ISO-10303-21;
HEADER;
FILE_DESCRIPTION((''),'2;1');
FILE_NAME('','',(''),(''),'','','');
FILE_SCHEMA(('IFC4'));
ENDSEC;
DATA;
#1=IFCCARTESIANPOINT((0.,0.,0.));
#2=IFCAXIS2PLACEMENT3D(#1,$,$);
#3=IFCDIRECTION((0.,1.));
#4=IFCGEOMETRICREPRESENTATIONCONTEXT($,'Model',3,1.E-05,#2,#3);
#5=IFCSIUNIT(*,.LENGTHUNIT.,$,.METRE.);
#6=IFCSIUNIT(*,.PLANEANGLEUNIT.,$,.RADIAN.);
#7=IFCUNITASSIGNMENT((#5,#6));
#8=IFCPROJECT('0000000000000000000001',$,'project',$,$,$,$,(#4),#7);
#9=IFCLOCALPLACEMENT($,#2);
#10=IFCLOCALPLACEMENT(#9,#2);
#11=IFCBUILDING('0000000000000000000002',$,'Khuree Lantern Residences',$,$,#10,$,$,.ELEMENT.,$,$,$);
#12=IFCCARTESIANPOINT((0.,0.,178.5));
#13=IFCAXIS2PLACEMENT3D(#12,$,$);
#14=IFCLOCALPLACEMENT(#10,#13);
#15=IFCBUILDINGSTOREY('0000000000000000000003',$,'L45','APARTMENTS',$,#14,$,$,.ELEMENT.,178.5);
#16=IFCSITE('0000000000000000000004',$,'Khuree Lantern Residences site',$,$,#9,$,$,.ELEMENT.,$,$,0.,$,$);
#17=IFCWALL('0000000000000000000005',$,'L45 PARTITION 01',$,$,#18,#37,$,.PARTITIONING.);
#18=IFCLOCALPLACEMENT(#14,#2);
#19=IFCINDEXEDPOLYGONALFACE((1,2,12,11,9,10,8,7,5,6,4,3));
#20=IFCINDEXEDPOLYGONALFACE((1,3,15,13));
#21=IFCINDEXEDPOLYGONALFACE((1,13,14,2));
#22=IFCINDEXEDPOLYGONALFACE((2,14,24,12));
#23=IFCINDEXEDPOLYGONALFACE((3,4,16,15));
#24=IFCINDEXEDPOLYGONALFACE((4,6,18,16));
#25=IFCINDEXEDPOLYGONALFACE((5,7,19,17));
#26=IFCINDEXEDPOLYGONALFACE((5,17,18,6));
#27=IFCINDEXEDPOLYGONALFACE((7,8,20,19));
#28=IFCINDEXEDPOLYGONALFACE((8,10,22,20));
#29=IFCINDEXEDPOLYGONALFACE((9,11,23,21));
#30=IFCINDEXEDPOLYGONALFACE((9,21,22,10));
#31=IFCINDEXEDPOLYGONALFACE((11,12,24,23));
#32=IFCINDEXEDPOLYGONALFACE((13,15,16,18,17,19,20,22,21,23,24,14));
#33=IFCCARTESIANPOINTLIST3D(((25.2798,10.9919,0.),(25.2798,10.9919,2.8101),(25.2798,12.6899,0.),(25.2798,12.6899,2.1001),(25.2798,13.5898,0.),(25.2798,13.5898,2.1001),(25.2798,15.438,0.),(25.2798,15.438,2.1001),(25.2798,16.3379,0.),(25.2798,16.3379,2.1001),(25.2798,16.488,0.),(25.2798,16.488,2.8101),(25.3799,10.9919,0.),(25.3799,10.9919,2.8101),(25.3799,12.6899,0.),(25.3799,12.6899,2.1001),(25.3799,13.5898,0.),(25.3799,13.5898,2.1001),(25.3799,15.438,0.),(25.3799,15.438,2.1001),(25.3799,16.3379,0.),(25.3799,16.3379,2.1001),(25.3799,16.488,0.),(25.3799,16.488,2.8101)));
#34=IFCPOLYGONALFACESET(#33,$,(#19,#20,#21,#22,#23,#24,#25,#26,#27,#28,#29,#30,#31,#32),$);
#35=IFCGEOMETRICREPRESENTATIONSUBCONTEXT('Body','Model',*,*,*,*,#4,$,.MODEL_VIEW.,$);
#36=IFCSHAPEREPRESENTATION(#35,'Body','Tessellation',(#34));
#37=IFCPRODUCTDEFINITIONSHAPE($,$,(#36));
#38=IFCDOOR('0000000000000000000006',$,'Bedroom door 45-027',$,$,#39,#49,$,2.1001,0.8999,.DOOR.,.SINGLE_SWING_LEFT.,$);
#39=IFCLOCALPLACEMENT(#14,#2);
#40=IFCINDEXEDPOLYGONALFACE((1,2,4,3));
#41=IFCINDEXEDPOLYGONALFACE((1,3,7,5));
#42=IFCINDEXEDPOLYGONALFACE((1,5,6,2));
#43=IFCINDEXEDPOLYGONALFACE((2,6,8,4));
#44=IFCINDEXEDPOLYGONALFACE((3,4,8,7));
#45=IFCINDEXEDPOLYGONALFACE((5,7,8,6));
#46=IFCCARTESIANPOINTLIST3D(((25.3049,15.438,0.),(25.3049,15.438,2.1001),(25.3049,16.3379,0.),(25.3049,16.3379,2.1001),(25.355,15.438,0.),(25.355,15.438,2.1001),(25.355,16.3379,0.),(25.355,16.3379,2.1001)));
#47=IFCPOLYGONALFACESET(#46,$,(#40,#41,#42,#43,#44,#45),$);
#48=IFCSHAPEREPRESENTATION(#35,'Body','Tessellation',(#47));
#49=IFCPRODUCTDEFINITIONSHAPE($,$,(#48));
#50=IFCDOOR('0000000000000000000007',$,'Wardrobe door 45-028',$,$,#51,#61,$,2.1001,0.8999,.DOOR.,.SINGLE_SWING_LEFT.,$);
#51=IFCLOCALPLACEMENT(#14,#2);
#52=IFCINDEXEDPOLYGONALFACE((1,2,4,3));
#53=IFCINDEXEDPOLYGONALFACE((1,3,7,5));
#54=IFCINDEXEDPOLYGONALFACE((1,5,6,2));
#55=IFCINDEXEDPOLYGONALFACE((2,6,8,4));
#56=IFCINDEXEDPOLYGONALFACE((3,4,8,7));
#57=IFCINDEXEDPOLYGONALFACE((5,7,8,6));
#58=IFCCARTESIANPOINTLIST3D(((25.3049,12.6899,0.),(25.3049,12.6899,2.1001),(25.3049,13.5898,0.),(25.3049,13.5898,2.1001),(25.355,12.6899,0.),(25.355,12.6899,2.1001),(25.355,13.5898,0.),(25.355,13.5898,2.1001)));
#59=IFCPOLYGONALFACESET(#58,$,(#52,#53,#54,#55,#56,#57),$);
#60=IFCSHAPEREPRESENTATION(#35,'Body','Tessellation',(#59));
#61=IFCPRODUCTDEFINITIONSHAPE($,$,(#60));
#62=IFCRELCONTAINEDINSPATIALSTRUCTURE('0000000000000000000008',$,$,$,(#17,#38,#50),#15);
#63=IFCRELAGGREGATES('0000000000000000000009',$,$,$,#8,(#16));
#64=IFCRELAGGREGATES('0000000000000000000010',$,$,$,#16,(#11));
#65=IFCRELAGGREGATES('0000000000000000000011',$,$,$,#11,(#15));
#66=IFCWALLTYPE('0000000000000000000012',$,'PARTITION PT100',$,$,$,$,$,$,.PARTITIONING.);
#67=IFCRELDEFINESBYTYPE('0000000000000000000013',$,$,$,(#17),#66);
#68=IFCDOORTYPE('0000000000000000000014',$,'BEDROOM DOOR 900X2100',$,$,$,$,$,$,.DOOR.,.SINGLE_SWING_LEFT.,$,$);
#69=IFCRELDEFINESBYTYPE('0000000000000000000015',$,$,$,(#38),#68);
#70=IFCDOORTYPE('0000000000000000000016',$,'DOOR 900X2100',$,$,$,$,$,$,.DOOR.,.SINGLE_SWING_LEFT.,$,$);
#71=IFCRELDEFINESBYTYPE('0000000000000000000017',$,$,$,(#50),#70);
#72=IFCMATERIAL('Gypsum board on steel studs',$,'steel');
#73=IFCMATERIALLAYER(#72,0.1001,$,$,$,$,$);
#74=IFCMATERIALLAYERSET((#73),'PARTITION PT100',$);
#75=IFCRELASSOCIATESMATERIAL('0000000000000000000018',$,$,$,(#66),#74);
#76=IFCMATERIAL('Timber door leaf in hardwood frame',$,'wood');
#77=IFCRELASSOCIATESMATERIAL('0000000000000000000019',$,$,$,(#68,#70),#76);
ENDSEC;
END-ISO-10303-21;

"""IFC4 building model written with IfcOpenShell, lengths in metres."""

from ifc_helpers import new_model, si_unit, direction, frame, frame_2d, origin, place, context, subcontext, project, spatial, rectangle, extrude, material, layer, layer_set, type_object, element, fill, save


model = new_model("IFC4")

# Units and contexts
model_context = context("Model", 3, precision=1e-05, world=origin(), true_north=direction((0.0, 1.0)))
body_context = subcontext(model_context, "Body", "Model", "MODEL_VIEW")
ifc_project = project(units=[si_unit("LENGTHUNIT", "METRE"), si_unit("PLANEANGLEUNIT", "RADIAN")], contexts=[model_context])

# Site, building, storey
site_placement = place(None, origin())
site = spatial("IfcSite", under=ifc_project, at=site_placement, Name="Khuree Lantern Residences site", CompositionType="ELEMENT", RefElevation=0.0)
building_placement = place(site_placement, origin())
building = spatial("IfcBuilding", under=site, at=building_placement, Name="Khuree Lantern Residences", CompositionType="ELEMENT")
storey_placement = place(building_placement, frame((0.0, 0.0, 178.5)))
storey = spatial("IfcBuildingStorey", under=building, at=storey_placement, Name="L45", Description="APARTMENTS", CompositionType="ELEMENT", Elevation=178.5)

# Shared definitions
ifc_material_1 = material(Name="Gypsum board on steel studs", Category="steel")
ifc_layer_1 = layer(ifc_material_1, 0.1001)
ifc_layer_set_1 = layer_set([ifc_layer_1], Name="PARTITION PT100")
wall_type = type_object("IfcWallType", Name="PARTITION PT100", PredefinedType="PARTITIONING", material=ifc_layer_set_1)

# Shared definitions
ifc_material_2 = material(Name="Timber door leaf in hardwood frame", Category="wood")
door_type_1 = type_object("IfcDoorType", Name="BEDROOM DOOR 900X2100", OperationType="SINGLE_SWING_LEFT", PredefinedType="DOOR", material=ifc_material_2)

# Wall, openings, doors
wall_1_placement = place(storey_placement, frame((25.3298, 10.9919, 0.0), z_axis=(0.0, 0.0, 1.0), x_axis=(0.0, 1.0, 0.0)))
wall_1 = element("IfcWall", 1, at=wall_1_placement, inside=storey, type_object=wall_type, Name="L45 PARTITION 01", PredefinedType="PARTITIONING", context=body_context, shape_type="SweptSolid", body=[
    extrude(rectangle(XDim=5.4961, YDim=0.1001, at=frame_2d((2.748, 0.0))), origin(), (0.0, 0.0, 1.0), 2.8101),
])
opening_1_placement = place(wall_1_placement, frame((4.446, 0.0, 0.0)))
opening_1 = element("IfcOpeningElement", 2, at=opening_1_placement, cuts=wall_1, PredefinedType="OPENING", context=body_context, shape_type="SweptSolid", body=[
    extrude(rectangle(XDim=0.8999, YDim=2.1001, at=frame_2d((0.45, 1.05))), frame((0.0, 0.0601, 0.0), z_axis=(0.0, -1.0, 0.0), x_axis=(1.0, 0.0, 0.0)), (0.0, 0.0, 1.0), 0.1201),
])
opening_2_placement = place(wall_1_placement, frame((1.698, 0.0, 0.0)))
opening_2 = element("IfcOpeningElement", 3, at=opening_2_placement, cuts=wall_1, PredefinedType="OPENING", context=body_context, shape_type="SweptSolid", body=[
    extrude(rectangle(XDim=0.8999, YDim=2.1001, at=frame_2d((0.45, 1.05))), frame((0.0, 0.0601, 0.0), z_axis=(0.0, -1.0, 0.0), x_axis=(1.0, 0.0, 0.0)), (0.0, 0.0, 1.0), 0.1201),
])
door_1_placement = place(opening_1_placement, origin())
door_1 = element("IfcDoor", 4, at=door_1_placement, inside=storey, type_object=door_type_1, Name="Bedroom door 45-027", OperationType="SINGLE_SWING_LEFT", OverallHeight=2.1001, OverallWidth=0.8999, PredefinedType="DOOR", context=body_context, shape_type="SweptSolid", body=[
    extrude(rectangle(XDim=0.8999, YDim=2.1001, at=frame_2d((0.45, 1.05))), frame((0.0, 0.0249, 0.0), z_axis=(0.0, -1.0, 0.0), x_axis=(1.0, 0.0, 0.0)), (0.0, 0.0, 1.0), 0.05),
])
fill(opening_1, door_1)
door_type_2 = type_object("IfcDoorType", Name="DOOR 900X2100", OperationType="SINGLE_SWING_LEFT", PredefinedType="DOOR", material=ifc_material_2)
door_2_placement = place(opening_2_placement, origin())
door_2 = element("IfcDoor", 5, at=door_2_placement, inside=storey, type_object=door_type_2, Name="Wardrobe door 45-028", OperationType="SINGLE_SWING_LEFT", OverallHeight=2.1001, OverallWidth=0.8999, PredefinedType="DOOR", context=body_context, shape_type="SweptSolid", body=[
    extrude(rectangle(XDim=0.8999, YDim=2.1001, at=frame_2d((0.45, 1.05))), frame((0.0, 0.0249, 0.0), z_axis=(0.0, -1.0, 0.0), x_axis=(1.0, 0.0, 0.0)), (0.0, 0.0, 1.0), 0.05),
])
fill(opening_2, door_2)

save(model, "model.ifc")
